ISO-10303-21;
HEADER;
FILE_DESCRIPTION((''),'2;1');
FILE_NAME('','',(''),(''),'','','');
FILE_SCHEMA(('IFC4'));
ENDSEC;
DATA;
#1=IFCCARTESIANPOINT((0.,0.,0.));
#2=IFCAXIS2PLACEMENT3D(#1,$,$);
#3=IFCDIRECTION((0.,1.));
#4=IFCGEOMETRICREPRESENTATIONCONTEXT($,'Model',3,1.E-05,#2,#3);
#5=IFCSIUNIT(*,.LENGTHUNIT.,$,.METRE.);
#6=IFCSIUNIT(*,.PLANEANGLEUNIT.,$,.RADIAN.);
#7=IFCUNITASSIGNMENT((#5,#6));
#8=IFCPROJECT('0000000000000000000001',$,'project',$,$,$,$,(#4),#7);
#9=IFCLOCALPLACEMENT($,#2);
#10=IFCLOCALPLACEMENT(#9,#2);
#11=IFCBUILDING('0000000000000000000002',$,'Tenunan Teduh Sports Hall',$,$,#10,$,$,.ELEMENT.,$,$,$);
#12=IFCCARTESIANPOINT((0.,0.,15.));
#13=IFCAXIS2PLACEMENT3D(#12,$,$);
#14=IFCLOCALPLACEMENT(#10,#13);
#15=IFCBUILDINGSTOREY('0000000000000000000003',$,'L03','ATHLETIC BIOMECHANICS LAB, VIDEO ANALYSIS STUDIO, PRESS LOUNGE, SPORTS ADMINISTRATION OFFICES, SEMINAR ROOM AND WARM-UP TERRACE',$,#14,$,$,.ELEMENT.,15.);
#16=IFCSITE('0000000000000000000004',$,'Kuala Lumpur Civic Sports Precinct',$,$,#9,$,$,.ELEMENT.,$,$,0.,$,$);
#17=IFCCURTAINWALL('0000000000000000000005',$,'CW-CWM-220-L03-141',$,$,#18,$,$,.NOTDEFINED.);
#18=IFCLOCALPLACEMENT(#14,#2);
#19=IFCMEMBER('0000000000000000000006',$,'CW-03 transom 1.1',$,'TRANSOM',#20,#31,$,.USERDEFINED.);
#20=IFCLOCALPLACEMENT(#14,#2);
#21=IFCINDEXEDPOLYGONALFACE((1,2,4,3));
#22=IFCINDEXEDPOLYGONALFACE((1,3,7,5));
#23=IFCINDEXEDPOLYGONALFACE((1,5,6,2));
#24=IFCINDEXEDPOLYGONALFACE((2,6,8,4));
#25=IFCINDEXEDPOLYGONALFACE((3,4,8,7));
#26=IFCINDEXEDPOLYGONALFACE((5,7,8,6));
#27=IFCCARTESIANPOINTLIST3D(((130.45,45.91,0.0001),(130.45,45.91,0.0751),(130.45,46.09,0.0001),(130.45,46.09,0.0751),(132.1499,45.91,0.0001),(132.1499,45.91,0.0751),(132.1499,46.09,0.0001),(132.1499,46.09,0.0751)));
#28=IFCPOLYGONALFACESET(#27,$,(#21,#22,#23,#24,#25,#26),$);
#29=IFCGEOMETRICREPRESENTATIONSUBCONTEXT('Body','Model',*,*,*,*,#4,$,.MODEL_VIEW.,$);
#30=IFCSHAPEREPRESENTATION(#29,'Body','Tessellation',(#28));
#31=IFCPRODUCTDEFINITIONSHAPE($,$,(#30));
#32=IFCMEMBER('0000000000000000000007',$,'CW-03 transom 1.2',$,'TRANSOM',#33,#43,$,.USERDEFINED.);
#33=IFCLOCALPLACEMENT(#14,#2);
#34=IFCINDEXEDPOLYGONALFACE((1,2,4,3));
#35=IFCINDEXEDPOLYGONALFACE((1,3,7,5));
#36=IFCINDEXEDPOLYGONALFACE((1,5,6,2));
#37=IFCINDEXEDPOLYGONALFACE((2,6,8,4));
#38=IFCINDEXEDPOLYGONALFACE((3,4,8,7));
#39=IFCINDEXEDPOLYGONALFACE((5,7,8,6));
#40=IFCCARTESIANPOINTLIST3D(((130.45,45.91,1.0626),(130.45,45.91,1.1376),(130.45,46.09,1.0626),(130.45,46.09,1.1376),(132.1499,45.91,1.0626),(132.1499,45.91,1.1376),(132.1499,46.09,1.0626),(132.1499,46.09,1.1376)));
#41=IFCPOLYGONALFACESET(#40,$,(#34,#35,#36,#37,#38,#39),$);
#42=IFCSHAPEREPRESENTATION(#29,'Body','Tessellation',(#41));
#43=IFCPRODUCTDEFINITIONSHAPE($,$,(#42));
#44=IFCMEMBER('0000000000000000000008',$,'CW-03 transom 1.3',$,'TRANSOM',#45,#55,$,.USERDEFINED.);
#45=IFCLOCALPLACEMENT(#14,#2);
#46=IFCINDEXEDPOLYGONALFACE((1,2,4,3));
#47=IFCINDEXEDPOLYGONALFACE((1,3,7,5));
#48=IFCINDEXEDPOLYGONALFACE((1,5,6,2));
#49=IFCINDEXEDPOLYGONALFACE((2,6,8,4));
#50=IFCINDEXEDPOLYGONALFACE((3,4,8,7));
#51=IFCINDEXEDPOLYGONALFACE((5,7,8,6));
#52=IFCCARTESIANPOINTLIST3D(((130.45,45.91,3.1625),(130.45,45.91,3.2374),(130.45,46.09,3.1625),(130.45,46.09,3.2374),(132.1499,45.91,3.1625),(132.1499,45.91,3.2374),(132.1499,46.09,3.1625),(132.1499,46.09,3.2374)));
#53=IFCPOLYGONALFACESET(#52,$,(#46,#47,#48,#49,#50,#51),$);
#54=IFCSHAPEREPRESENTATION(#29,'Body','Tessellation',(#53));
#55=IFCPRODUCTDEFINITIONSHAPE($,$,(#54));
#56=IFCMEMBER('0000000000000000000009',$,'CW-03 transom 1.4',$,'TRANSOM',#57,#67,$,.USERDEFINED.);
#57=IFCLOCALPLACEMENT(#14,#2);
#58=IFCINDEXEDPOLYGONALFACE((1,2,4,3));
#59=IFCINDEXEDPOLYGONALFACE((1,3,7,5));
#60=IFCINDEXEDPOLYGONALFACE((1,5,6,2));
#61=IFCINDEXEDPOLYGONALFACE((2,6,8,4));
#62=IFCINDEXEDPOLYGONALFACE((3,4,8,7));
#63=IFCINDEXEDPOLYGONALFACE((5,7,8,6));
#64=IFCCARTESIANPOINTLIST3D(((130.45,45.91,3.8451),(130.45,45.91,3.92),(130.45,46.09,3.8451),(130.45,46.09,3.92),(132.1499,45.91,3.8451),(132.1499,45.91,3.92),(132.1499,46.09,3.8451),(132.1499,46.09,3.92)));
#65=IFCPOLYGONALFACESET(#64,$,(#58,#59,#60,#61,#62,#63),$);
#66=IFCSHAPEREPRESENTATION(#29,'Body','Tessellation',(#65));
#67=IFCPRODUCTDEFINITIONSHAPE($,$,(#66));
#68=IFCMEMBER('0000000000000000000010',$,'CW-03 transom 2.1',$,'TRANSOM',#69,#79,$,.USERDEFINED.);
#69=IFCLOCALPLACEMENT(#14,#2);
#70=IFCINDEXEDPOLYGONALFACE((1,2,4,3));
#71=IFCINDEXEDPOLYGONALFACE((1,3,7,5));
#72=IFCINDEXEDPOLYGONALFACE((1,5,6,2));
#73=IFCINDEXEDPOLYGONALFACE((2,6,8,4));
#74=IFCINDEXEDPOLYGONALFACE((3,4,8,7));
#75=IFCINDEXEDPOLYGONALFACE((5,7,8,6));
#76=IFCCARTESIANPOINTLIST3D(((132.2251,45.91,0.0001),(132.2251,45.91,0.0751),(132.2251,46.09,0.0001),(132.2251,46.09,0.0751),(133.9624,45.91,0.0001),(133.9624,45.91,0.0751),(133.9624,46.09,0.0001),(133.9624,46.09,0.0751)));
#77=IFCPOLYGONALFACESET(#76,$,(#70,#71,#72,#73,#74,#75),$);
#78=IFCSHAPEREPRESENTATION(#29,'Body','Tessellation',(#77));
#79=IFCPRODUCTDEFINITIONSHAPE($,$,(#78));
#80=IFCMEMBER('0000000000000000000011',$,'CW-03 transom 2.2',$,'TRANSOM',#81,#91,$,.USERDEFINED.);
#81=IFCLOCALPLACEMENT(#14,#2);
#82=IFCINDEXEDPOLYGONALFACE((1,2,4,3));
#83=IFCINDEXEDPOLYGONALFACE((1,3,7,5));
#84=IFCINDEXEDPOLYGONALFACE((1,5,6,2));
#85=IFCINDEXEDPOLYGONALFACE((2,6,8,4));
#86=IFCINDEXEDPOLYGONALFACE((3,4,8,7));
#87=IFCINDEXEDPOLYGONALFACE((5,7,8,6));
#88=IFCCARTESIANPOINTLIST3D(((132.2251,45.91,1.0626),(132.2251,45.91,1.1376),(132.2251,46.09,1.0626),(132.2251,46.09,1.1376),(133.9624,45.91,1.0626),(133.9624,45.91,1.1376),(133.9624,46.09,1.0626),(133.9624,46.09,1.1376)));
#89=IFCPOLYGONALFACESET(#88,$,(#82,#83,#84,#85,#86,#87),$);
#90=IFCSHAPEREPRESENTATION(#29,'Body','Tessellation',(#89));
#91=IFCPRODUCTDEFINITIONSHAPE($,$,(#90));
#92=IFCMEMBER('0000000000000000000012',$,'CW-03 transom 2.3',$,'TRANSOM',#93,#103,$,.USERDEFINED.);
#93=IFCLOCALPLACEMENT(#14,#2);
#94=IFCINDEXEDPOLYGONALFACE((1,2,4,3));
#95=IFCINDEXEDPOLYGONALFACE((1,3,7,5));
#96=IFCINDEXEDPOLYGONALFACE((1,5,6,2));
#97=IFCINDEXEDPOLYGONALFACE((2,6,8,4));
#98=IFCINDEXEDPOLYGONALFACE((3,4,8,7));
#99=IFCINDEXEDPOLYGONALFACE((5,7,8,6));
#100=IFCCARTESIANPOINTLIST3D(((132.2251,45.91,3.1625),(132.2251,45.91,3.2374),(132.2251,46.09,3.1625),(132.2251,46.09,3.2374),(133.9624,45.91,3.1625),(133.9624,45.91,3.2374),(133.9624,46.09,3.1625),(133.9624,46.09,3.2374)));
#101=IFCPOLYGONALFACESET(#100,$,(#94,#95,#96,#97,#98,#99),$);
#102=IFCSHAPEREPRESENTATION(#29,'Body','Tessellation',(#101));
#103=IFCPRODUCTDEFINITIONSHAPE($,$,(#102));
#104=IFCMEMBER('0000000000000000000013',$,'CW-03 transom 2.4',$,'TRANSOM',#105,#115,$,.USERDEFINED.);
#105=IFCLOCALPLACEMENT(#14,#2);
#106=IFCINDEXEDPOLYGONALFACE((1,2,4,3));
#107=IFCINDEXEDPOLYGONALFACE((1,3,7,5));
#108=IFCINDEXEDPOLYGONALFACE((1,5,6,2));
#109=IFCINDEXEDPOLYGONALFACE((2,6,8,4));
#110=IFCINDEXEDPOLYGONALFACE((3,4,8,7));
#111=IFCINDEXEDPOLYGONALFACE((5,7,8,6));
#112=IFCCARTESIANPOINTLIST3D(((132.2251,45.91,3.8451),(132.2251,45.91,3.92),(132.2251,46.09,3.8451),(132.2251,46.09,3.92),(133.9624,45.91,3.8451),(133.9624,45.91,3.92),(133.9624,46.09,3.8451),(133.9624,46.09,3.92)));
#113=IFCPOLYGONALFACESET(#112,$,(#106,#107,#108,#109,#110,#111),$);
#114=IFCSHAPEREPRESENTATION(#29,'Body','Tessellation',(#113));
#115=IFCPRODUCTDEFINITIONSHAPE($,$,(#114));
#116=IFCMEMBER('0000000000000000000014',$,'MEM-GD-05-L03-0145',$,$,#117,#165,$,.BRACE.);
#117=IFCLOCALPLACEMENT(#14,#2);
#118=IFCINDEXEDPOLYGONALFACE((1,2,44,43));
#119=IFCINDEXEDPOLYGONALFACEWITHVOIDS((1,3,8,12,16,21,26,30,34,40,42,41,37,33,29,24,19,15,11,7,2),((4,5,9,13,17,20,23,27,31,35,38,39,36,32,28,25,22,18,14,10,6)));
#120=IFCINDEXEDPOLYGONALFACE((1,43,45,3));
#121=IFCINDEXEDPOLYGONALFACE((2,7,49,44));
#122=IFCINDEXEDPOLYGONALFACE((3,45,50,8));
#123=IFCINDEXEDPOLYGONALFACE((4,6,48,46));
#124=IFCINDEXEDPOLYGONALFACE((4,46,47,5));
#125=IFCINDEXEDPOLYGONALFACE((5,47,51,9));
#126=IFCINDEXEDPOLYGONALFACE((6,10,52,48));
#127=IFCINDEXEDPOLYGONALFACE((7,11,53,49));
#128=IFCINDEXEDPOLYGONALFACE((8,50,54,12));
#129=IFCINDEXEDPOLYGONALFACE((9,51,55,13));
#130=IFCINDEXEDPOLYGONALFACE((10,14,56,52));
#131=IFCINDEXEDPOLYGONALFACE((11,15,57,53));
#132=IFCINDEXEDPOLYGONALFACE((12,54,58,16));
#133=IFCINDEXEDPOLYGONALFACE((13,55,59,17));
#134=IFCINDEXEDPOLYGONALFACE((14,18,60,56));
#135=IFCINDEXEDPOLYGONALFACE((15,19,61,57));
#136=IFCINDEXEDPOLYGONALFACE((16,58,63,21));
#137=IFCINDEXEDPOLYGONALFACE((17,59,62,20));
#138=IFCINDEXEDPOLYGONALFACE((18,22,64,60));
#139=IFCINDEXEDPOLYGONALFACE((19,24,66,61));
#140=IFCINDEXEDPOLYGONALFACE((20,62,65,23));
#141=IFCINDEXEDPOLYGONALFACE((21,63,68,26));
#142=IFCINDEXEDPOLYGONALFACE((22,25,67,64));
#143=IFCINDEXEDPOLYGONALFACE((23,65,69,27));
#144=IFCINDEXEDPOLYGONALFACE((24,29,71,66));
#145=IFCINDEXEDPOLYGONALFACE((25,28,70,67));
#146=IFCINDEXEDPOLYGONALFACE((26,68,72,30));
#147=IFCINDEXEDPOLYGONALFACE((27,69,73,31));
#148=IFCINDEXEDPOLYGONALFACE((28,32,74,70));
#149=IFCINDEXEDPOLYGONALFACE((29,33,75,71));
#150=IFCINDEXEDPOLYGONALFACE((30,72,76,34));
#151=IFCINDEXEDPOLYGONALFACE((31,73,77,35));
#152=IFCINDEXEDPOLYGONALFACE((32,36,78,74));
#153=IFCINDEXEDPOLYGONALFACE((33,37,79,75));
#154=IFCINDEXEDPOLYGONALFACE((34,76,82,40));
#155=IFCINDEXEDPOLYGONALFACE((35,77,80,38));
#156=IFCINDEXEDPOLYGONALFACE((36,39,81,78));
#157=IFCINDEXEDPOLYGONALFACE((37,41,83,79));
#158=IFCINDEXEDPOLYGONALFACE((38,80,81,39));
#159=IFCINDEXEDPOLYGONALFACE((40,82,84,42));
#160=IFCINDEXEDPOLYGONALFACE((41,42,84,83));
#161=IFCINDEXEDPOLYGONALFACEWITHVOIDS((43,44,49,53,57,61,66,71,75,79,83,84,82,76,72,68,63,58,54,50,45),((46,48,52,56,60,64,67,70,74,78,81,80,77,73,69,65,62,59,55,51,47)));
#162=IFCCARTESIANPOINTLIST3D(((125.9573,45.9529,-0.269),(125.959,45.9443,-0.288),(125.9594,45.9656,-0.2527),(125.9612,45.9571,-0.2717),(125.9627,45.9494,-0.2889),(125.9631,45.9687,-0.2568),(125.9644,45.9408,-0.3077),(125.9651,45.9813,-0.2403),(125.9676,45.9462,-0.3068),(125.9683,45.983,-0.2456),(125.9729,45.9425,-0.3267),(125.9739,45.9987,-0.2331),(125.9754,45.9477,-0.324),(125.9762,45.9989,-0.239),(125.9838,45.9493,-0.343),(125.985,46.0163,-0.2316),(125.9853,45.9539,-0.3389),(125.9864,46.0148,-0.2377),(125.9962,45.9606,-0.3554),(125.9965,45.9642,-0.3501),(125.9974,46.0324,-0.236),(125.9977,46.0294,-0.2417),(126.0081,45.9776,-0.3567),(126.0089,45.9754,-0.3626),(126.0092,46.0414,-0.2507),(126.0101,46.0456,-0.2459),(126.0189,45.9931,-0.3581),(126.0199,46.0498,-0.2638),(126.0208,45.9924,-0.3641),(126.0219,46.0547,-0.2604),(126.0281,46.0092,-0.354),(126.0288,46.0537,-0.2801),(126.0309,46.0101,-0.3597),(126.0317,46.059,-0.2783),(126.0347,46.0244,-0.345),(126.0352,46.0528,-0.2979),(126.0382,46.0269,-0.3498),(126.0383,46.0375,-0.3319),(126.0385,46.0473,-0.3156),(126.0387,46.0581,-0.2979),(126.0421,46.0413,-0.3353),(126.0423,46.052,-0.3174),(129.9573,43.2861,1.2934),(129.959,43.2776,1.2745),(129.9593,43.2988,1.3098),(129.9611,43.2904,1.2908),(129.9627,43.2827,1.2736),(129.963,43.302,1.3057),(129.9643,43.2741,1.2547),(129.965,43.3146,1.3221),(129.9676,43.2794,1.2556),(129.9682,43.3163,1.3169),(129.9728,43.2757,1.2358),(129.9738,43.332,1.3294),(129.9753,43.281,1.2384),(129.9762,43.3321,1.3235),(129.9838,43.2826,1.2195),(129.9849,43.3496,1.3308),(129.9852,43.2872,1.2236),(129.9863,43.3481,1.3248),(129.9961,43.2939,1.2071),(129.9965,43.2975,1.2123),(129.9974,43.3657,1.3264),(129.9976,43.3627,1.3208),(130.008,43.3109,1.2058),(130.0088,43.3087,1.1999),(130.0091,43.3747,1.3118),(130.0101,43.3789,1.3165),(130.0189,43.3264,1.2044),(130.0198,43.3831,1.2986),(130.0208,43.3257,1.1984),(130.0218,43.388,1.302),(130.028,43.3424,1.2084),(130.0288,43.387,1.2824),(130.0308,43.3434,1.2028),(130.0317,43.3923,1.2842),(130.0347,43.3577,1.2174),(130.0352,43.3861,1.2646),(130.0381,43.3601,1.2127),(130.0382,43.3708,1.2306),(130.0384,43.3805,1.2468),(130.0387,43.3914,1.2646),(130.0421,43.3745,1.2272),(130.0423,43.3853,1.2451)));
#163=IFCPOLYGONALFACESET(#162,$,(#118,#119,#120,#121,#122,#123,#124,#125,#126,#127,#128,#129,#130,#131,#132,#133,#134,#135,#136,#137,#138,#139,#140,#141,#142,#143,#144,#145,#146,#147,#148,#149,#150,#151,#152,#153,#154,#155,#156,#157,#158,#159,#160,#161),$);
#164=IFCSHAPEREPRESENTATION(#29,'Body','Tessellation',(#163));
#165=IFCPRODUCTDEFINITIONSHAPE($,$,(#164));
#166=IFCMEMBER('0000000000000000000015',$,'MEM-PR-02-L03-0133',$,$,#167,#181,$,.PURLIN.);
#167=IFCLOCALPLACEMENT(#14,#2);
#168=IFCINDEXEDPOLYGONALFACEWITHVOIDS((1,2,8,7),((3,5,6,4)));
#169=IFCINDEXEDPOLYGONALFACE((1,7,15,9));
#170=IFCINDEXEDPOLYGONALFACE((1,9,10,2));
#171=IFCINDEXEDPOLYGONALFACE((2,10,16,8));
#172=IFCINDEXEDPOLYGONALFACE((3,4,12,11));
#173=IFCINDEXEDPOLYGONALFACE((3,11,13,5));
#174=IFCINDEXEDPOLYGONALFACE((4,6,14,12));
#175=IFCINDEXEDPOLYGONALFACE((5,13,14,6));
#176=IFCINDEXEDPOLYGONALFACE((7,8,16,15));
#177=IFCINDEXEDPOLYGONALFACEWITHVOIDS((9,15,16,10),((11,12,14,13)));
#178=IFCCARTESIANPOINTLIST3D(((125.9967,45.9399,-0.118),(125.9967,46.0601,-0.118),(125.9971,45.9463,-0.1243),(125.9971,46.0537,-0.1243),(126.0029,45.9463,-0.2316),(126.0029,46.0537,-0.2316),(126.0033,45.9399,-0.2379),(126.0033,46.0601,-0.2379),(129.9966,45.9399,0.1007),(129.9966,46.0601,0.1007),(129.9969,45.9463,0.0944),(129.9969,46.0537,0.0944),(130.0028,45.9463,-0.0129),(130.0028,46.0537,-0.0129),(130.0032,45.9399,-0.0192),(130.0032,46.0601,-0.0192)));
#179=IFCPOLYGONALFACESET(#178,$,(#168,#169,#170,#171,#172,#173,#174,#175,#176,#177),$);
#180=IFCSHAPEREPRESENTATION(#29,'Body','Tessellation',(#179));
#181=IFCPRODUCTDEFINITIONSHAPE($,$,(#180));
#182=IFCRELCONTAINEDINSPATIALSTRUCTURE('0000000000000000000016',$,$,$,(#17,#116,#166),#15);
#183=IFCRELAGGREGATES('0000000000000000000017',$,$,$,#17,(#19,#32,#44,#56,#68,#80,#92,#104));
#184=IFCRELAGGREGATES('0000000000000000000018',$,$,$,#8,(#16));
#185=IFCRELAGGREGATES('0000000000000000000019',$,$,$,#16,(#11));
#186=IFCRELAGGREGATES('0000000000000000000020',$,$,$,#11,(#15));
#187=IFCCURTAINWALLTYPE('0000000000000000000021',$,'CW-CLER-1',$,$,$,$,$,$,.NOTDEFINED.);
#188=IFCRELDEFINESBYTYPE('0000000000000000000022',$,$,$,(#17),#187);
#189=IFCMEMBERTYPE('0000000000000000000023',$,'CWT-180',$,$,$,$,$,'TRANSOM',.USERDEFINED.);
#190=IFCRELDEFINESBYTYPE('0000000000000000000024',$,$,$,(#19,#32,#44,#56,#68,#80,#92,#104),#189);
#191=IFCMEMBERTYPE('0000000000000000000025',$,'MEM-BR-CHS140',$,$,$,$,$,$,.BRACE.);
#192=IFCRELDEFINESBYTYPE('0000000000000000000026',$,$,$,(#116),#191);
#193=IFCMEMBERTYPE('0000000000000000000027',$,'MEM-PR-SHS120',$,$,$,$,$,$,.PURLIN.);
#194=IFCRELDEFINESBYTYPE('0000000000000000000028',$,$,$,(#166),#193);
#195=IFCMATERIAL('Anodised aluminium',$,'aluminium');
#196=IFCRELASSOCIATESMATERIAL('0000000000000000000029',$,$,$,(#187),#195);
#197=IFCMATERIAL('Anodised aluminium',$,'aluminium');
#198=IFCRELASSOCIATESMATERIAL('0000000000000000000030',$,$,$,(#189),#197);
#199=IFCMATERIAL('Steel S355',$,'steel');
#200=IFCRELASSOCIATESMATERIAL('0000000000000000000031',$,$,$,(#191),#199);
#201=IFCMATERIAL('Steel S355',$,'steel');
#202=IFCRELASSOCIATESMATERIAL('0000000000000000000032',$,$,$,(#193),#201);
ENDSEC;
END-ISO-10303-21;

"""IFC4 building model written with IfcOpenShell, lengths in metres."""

from ifc_helpers import new_model, si_unit, direction, frame, origin, origin_2d, place, context, subcontext, project, spatial, rectangle, hollow_rectangle, hollow_circle, extrude, material, material_profile, profile_set, type_object, element, aggregate, save


model = new_model("IFC4")

# Units and contexts
model_context = context("Model", 3, precision=1e-05, world=origin(), true_north=direction((0.0, 1.0)))
body_context = subcontext(model_context, "Body", "Model", "MODEL_VIEW")
ifc_project = project(units=[si_unit("LENGTHUNIT", "METRE"), si_unit("PLANEANGLEUNIT", "RADIAN")], contexts=[model_context])

# Site, building, storey
site_placement = place(None, origin())
site = spatial("IfcSite", under=ifc_project, at=site_placement, Name="Kuala Lumpur Civic Sports Precinct", CompositionType="ELEMENT", RefElevation=0.0)
building_placement = place(site_placement, origin())
building = spatial("IfcBuilding", under=site, at=building_placement, Name="Tenunan Teduh Sports Hall", CompositionType="ELEMENT")
storey_placement = place(building_placement, frame((0.0, 0.0, 15.0)))
storey = spatial("IfcBuildingStorey", under=building, at=storey_placement, Name="L03", Description="ATHLETIC BIOMECHANICS LAB, VIDEO ANALYSIS STUDIO, PRESS LOUNGE, SPORTS ADMINISTRATION OFFICES, SEMINAR ROOM AND WARM-UP TERRACE", CompositionType="ELEMENT", Elevation=15.0)

# Curtain wall
ifc_material_1 = material(Name="Anodised aluminium", Category="aluminium")
curtain_wall_type = type_object("IfcCurtainWallType", Name="CW-CLER-1", PredefinedType="NOTDEFINED", material=ifc_material_1)
curtain_wall_1_placement = place(storey_placement, origin())
curtain_wall_1 = element("IfcCurtainWall", 1, at=curtain_wall_1_placement, inside=storey, type_object=curtain_wall_type, Name="CW-CWM-220-L03-141", PredefinedType="NOTDEFINED")

# Members
ifc_material_2 = material(Name="Anodised aluminium", Category="aluminium")
ifc_material_profile_1 = material_profile(ifc_material_2, rectangle(XDim=0.075, YDim=0.1799, at=origin_2d()), Name="CWT 75x180")
ifc_profile_set_1 = profile_set([ifc_material_profile_1], Name="Anodised aluminium")
member_type_1 = type_object("IfcMemberType", Name="CWT-180", ElementType="TRANSOM", PredefinedType="USERDEFINED", material=ifc_profile_set_1)
member_1_placement = place(storey_placement, frame((130.45, 46.0, 0.0376), z_axis=(1.0, 0.0, 0.0), x_axis=(0.0, 0.0, 1.0)))
member_1 = element("IfcMember", 2, at=member_1_placement, type_object=member_type_1, Name="CW-03 transom 1.1", ObjectType="TRANSOM", PredefinedType="USERDEFINED", context=body_context, shape_type="SweptSolid", body=[
    extrude(rectangle(XDim=0.075, YDim=0.1799, at=origin_2d()), origin(), (0.0, 0.0, 1.0), 1.7),
])
member_2_placement = place(storey_placement, frame((130.45, 46.0, 1.1001), z_axis=(1.0, 0.0, 0.0), x_axis=(0.0, 0.0, 1.0)))
member_2 = element("IfcMember", 3, at=member_2_placement, type_object=member_type_1, Name="CW-03 transom 1.2", ObjectType="TRANSOM", PredefinedType="USERDEFINED", context=body_context, shape_type="SweptSolid", body=[
    extrude(rectangle(XDim=0.075, YDim=0.1799, at=origin_2d()), origin(), (0.0, 0.0, 1.0), 1.7),
])
member_3_placement = place(storey_placement, frame((130.45, 46.0, 3.2), z_axis=(1.0, 0.0, 0.0), x_axis=(0.0, 0.0, 1.0)))
member_3 = element("IfcMember", 4, at=member_3_placement, type_object=member_type_1, Name="CW-03 transom 1.3", ObjectType="TRANSOM", PredefinedType="USERDEFINED", context=body_context, shape_type="SweptSolid", body=[
    extrude(rectangle(XDim=0.075, YDim=0.1799, at=origin_2d()), origin(), (0.0, 0.0, 1.0), 1.7),
])
member_4_placement = place(storey_placement, frame((130.45, 46.0, 3.8826), z_axis=(1.0, 0.0, 0.0), x_axis=(0.0, 0.0, 1.0)))
member_4 = element("IfcMember", 5, at=member_4_placement, type_object=member_type_1, Name="CW-03 transom 1.4", ObjectType="TRANSOM", PredefinedType="USERDEFINED", context=body_context, shape_type="SweptSolid", body=[
    extrude(rectangle(XDim=0.075, YDim=0.1799, at=origin_2d()), origin(), (0.0, 0.0, 1.0), 1.7),
])
member_5_placement = place(storey_placement, frame((132.2251, 46.0, 0.0376), z_axis=(1.0, 0.0, 0.0), x_axis=(0.0, 0.0, 1.0)))
member_5 = element("IfcMember", 6, at=member_5_placement, type_object=member_type_1, Name="CW-03 transom 2.1", ObjectType="TRANSOM", PredefinedType="USERDEFINED", context=body_context, shape_type="SweptSolid", body=[
    extrude(rectangle(XDim=0.075, YDim=0.1799, at=origin_2d()), origin(), (0.0, 0.0, 1.0), 1.7373),
])
member_6_placement = place(storey_placement, frame((132.2251, 46.0, 1.1001), z_axis=(1.0, 0.0, 0.0), x_axis=(0.0, 0.0, 1.0)))
member_6 = element("IfcMember", 7, at=member_6_placement, type_object=member_type_1, Name="CW-03 transom 2.2", ObjectType="TRANSOM", PredefinedType="USERDEFINED", context=body_context, shape_type="SweptSolid", body=[
    extrude(rectangle(XDim=0.075, YDim=0.1799, at=origin_2d()), origin(), (0.0, 0.0, 1.0), 1.7373),
])
member_7_placement = place(storey_placement, frame((132.2251, 46.0, 3.2), z_axis=(1.0, 0.0, 0.0), x_axis=(0.0, 0.0, 1.0)))
member_7 = element("IfcMember", 8, at=member_7_placement, type_object=member_type_1, Name="CW-03 transom 2.3", ObjectType="TRANSOM", PredefinedType="USERDEFINED", context=body_context, shape_type="SweptSolid", body=[
    extrude(rectangle(XDim=0.075, YDim=0.1799, at=origin_2d()), origin(), (0.0, 0.0, 1.0), 1.7373),
])
member_8_placement = place(storey_placement, frame((132.2251, 46.0, 3.8826), z_axis=(1.0, 0.0, 0.0), x_axis=(0.0, 0.0, 1.0)))
member_8 = element("IfcMember", 9, at=member_8_placement, type_object=member_type_1, Name="CW-03 transom 2.4", ObjectType="TRANSOM", PredefinedType="USERDEFINED", context=body_context, shape_type="SweptSolid", body=[
    extrude(rectangle(XDim=0.075, YDim=0.1799, at=origin_2d()), origin(), (0.0, 0.0, 1.0), 1.7373),
])

# Members
ifc_material_3 = material(Name="Steel S355", Category="steel")
ifc_material_profile_2 = material_profile(ifc_material_3, hollow_circle(Radius=0.0698, WallThickness=0.0063, at=origin_2d()), Name="CHS 139.7x6.3")
ifc_profile_set_2 = profile_set([ifc_material_profile_2], Name="Steel S355")
member_type_2 = type_object("IfcMemberType", Name="MEM-BR-CHS140", PredefinedType="BRACE", material=ifc_profile_set_2)
member_9_placement = place(storey_placement, frame((126.0, 46.0, -0.2979), z_axis=(0.791297, -0.527547, 0.3091), x_axis=(0.554712, 0.832042, 0.0)))
element("IfcMember", 10, at=member_9_placement, inside=storey, type_object=member_type_2, Name="MEM-GD-05-L03-0145", PredefinedType="BRACE", context=body_context, shape_type="SweptSolid", body=[
    extrude(hollow_circle(Radius=0.0698, WallThickness=0.0063, at=origin_2d()), origin(), (0.0, 0.0, 1.0), 5.0549),
])
ifc_material_4 = material(Name="Steel S355", Category="steel")
ifc_material_profile_3 = material_profile(ifc_material_4, hollow_rectangle(XDim=0.1201, YDim=0.1201, WallThickness=0.0063, at=origin_2d()), Name="SHS 120x120x6.3")
ifc_profile_set_3 = profile_set([ifc_material_profile_3], Name="Steel S355")
member_type_3 = type_object("IfcMemberType", Name="MEM-PR-SHS120", PredefinedType="PURLIN", material=ifc_profile_set_3)
member_10_placement = place(storey_placement, frame((126.0, 46.0, -0.178), z_axis=(0.998508, 0.0, 0.054606), x_axis=(0.0, 1.0, 0.0)))
element("IfcMember", 11, at=member_10_placement, inside=storey, type_object=member_type_3, Name="MEM-PR-02-L03-0133", PredefinedType="PURLIN", context=body_context, shape_type="SweptSolid", body=[
    extrude(hollow_rectangle(XDim=0.1201, YDim=0.1201, WallThickness=0.0063, at=origin_2d()), origin(), (0.0, 0.0, 1.0), 4.0059),
])

aggregate(curtain_wall_1, [member_1, member_2, member_3, member_4, member_5, member_6, member_7, member_8])

save(model, "model.ifc")
